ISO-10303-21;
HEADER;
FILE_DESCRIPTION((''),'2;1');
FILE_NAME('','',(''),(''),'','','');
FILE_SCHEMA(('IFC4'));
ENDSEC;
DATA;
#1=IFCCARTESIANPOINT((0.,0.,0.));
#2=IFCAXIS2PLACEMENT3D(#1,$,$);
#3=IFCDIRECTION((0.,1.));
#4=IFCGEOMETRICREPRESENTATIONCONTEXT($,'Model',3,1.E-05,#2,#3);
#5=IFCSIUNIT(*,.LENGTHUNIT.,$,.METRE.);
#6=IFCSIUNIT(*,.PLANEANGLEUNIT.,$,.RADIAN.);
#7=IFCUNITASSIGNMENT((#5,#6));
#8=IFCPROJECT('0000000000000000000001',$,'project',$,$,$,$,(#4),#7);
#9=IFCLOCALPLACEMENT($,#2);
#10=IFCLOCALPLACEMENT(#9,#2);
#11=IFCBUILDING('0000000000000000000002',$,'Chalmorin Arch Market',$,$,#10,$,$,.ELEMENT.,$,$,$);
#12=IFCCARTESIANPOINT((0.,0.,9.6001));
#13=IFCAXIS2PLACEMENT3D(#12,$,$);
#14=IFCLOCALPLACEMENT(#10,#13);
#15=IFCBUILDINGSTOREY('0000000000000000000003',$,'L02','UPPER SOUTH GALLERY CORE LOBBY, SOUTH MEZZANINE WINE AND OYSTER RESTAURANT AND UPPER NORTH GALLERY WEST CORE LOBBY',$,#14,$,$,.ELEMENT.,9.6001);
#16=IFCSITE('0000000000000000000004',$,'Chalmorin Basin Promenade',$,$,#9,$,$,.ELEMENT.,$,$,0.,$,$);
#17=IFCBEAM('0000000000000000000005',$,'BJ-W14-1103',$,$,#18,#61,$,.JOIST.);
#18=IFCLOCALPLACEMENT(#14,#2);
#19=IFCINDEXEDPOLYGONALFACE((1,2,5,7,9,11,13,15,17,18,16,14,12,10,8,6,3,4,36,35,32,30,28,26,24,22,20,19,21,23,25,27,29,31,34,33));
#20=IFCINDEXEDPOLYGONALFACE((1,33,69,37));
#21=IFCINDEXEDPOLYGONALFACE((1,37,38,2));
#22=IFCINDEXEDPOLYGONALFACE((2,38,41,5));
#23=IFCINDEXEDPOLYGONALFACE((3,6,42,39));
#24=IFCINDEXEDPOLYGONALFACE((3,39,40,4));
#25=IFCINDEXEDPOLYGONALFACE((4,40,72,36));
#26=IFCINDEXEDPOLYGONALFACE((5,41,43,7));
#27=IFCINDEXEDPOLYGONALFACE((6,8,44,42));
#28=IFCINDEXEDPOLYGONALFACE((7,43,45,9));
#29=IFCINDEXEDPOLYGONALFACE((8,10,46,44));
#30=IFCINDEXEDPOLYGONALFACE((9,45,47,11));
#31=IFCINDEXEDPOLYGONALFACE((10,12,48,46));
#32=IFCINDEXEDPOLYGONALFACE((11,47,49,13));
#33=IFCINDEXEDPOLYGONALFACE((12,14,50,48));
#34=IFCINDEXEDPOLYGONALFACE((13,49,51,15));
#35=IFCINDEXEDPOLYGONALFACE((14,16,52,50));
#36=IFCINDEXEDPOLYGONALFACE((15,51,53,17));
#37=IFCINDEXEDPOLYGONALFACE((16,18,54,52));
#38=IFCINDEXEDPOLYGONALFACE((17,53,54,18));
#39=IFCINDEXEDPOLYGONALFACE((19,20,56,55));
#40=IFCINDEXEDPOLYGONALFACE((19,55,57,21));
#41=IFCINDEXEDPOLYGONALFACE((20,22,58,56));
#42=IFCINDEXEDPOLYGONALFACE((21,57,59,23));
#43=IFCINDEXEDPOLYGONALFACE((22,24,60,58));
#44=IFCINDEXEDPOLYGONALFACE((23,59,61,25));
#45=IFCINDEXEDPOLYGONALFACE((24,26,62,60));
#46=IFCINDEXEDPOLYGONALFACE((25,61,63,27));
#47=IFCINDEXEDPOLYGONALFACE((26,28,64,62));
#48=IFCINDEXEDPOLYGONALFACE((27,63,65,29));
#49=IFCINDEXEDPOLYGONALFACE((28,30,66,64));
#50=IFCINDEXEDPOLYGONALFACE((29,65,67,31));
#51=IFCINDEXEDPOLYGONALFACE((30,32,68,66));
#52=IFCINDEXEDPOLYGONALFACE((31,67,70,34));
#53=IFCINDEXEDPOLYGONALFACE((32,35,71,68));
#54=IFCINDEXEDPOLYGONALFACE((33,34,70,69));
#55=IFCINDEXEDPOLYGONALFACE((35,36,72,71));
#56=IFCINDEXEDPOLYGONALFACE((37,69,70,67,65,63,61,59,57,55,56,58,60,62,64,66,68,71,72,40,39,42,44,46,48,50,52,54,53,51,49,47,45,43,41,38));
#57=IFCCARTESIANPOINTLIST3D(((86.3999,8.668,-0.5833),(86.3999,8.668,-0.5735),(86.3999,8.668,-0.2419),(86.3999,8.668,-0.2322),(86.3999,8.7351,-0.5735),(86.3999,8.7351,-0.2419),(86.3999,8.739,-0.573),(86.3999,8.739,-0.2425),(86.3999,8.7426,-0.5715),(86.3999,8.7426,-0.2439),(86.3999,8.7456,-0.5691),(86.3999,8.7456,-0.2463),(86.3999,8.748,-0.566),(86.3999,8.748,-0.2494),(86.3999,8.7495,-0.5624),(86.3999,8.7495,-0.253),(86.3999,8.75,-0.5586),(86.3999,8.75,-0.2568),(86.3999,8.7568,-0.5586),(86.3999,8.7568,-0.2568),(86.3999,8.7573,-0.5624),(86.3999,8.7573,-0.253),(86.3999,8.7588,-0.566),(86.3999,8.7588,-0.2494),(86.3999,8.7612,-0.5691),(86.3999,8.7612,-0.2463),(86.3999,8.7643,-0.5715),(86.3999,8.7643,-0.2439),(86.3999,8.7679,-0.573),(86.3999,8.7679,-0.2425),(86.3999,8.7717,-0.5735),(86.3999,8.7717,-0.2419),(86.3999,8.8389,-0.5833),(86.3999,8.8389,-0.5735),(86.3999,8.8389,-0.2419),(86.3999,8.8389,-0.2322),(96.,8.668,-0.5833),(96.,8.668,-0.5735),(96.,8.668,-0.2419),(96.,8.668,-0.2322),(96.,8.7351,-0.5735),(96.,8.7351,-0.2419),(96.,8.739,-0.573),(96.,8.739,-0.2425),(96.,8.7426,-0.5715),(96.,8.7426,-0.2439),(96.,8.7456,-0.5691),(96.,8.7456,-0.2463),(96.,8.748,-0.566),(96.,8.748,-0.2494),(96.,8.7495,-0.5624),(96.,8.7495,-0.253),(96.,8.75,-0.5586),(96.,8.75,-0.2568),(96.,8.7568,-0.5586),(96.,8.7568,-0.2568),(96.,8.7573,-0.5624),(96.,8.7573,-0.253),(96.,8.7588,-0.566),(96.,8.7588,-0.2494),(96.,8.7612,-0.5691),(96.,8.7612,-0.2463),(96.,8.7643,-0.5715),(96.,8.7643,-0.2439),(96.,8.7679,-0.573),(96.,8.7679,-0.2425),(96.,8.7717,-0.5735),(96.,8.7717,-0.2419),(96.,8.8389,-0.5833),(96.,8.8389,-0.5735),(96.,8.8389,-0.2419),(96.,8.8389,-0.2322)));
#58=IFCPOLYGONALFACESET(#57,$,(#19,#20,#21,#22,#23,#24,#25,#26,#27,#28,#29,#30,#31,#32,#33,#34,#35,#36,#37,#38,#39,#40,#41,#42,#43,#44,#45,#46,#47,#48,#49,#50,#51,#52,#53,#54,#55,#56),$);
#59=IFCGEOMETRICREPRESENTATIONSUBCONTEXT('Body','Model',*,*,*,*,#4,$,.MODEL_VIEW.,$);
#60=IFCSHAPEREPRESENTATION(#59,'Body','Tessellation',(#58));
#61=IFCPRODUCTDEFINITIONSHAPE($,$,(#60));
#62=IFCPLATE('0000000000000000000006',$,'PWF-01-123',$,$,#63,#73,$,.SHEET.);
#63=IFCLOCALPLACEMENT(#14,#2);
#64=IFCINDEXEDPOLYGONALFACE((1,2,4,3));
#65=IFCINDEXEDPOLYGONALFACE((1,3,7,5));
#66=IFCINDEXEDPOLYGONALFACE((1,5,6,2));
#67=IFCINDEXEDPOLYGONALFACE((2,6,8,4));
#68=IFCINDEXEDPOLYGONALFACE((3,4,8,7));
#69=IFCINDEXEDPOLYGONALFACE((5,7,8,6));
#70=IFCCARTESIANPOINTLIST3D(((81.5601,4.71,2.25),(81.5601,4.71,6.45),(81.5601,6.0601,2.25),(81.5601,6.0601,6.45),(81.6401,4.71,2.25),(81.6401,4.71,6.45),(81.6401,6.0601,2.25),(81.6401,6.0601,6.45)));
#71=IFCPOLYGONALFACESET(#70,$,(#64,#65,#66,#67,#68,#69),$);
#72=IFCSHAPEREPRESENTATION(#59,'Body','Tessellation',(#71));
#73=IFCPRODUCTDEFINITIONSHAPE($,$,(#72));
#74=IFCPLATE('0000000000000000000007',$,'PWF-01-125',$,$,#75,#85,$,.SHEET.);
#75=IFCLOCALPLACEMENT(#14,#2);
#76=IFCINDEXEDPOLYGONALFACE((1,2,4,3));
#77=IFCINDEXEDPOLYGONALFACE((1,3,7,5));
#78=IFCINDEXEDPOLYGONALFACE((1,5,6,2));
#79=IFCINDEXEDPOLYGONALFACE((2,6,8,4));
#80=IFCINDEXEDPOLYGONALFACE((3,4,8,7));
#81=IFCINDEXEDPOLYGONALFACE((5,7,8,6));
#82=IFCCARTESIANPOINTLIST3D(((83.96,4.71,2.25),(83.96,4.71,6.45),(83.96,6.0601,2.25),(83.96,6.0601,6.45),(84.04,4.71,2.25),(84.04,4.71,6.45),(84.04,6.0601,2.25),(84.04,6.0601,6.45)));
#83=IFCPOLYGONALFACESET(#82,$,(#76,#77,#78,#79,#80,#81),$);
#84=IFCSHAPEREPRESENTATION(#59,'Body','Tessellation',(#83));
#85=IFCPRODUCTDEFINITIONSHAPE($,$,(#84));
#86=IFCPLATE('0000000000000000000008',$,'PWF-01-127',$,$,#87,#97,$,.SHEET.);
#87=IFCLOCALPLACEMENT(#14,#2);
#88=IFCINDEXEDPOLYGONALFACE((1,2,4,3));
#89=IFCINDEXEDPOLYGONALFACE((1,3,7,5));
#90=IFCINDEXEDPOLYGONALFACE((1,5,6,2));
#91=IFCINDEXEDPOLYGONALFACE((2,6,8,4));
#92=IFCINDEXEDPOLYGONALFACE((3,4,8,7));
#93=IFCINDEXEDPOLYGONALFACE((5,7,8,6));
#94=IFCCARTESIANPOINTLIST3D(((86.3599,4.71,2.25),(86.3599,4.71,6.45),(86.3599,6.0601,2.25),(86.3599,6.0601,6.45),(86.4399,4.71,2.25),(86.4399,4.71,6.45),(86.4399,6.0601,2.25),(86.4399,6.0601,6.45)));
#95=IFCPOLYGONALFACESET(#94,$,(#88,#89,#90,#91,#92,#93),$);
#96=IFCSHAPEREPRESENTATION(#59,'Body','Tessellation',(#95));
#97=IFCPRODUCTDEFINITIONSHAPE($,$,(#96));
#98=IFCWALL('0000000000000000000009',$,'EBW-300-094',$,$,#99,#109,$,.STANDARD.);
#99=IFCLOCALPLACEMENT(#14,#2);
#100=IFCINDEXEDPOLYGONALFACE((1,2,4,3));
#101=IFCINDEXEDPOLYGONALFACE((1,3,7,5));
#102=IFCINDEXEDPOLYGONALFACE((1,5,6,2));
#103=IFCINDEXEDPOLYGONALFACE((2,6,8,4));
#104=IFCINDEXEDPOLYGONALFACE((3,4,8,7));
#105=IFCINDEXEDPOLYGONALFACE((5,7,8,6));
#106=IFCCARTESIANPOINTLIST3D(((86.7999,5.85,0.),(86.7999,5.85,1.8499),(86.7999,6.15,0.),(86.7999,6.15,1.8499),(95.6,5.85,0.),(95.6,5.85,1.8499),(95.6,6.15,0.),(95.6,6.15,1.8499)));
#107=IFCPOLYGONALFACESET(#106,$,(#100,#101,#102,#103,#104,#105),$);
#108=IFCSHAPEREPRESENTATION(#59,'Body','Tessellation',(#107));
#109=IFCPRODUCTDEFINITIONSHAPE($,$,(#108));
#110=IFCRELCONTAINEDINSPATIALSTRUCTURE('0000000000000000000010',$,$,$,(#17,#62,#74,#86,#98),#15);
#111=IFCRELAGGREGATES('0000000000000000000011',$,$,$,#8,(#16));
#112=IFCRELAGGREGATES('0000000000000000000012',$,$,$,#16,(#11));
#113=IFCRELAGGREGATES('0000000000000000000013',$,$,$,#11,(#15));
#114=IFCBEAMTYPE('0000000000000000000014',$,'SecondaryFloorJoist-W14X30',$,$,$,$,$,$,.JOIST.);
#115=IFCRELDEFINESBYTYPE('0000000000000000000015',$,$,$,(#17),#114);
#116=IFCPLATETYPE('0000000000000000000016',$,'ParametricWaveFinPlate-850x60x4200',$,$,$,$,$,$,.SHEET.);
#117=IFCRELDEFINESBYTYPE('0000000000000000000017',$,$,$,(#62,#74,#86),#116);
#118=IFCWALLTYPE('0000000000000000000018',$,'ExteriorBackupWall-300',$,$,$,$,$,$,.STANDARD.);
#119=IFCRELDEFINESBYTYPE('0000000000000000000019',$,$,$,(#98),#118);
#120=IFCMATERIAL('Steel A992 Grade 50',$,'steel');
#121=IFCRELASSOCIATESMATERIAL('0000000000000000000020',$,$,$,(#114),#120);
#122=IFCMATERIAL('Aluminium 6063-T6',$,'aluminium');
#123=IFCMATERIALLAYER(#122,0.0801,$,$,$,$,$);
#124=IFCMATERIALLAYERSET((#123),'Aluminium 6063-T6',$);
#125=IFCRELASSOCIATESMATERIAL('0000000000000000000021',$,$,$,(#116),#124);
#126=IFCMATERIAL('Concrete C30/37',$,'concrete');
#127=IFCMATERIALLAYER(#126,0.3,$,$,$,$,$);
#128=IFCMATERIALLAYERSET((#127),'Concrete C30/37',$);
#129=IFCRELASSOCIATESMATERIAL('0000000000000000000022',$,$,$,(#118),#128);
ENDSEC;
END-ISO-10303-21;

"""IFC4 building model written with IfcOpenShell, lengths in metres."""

from ifc_helpers import new_model, si_unit, direction, frame, frame_2d, origin, origin_2d, place, context, subcontext, project, spatial, rectangle, i_section, extrude, material, layer, layer_set, material_profile, profile_set, type_object, element, save


model = new_model("IFC4")

# Units and contexts
model_context = context("Model", 3, precision=1e-05, world=origin(), true_north=direction((0.0, 1.0)))
body_context = subcontext(model_context, "Body", "Model", "MODEL_VIEW")
ifc_project = project(units=[si_unit("LENGTHUNIT", "METRE"), si_unit("PLANEANGLEUNIT", "RADIAN")], contexts=[model_context])

# Site, building, storey
site_placement = place(None, origin())
site = spatial("IfcSite", under=ifc_project, at=site_placement, Name="Chalmorin Basin Promenade", CompositionType="ELEMENT", RefElevation=0.0)
building_placement = place(site_placement, origin())
building = spatial("IfcBuilding", under=site, at=building_placement, Name="Chalmorin Arch Market", CompositionType="ELEMENT")
storey_placement = place(building_placement, frame((0.0, 0.0, 9.6001)))
storey = spatial("IfcBuildingStorey", under=building, at=storey_placement, Name="L02", Description="UPPER SOUTH GALLERY CORE LOBBY, SOUTH MEZZANINE WINE AND OYSTER RESTAURANT AND UPPER NORTH GALLERY WEST CORE LOBBY", CompositionType="ELEMENT", Elevation=9.6001)

# Beam
ifc_material_1 = material(Name="Steel A992 Grade 50", Category="steel")
ifc_material_profile_1 = material_profile(ifc_material_1, i_section(OverallWidth=0.1709, OverallDepth=0.3511, WebThickness=0.0068, FlangeThickness=0.0098, FilletRadius=0.0149, at=origin_2d()), Name="W14X30")
ifc_profile_set_1 = profile_set([ifc_material_profile_1], Name="Steel A992 Grade 50")
beam_type_1 = type_object("IfcBeamType", Name="SecondaryFloorJoist-W14X30", PredefinedType="JOIST", material=ifc_profile_set_1)
beam_1_placement = place(storey_placement, frame((86.3999, 8.7534, -0.4077), z_axis=(1.0, 0.0, 0.0), x_axis=(0.0, 1.0, 0.0)))
element("IfcBeam", 1, at=beam_1_placement, inside=storey, type_object=beam_type_1, Name="BJ-W14-1103", PredefinedType="JOIST", context=body_context, shape_type="SweptSolid", body=[
    extrude(i_section(OverallWidth=0.1709, OverallDepth=0.3511, WebThickness=0.0068, FlangeThickness=0.0098, FilletRadius=0.0149, at=origin_2d()), origin(), (0.0, 0.0, 1.0), 9.6001),
])

# Plates
ifc_material_2 = material(Name="Aluminium 6063-T6", Category="aluminium")
ifc_layer_1 = layer(ifc_material_2, 0.0801)
ifc_layer_set_1 = layer_set([ifc_layer_1], Name="Aluminium 6063-T6")
plate_type = type_object("IfcPlateType", Name="ParametricWaveFinPlate-850x60x4200", PredefinedType="SHEET", material=ifc_layer_set_1)
for number, where, z_axis, x_axis, name in (
    (2, (81.6001, 5.385, 2.25), (0.0, 0.0, 1.0), (0.0, 1.0, 0.0), "PWF-01-123"),
    (3, (84.0, 5.385, 2.25), (0.0, 0.0, 1.0), (0.0, 1.0, 0.0), "PWF-01-125"),
    (4, (86.3999, 5.385, 2.25), (0.0, 0.0, 1.0), (0.0, 1.0, 0.0), "PWF-01-127"),
):
    element("IfcPlate", number, at=place(storey_placement, frame(where, z_axis=z_axis, x_axis=x_axis)), inside=storey, type_object=plate_type, Name=name, PredefinedType="SHEET", context=body_context, shape_type="SweptSolid", body=[
        extrude(rectangle(XDim=1.3501, YDim=0.0801, at=origin_2d()), origin(), (0.0, 0.0, 1.0), 4.2),
    ])

# Wall
ifc_material_3 = material(Name="Concrete C30/37", Category="concrete")
ifc_layer_2 = layer(ifc_material_3, 0.3)
ifc_layer_set_2 = layer_set([ifc_layer_2], Name="Concrete C30/37")
wall_type = type_object("IfcWallType", Name="ExteriorBackupWall-300", PredefinedType="STANDARD", material=ifc_layer_set_2)
wall_1_placement = place(storey_placement, frame((86.8, 6.0, 0.0), z_axis=(0.0, 0.0, 1.0), x_axis=(1.0, 0.0, 0.0)))
element("IfcWall", 5, at=wall_1_placement, inside=storey, type_object=wall_type, Name="EBW-300-094", PredefinedType="STANDARD", context=body_context, shape_type="SweptSolid", body=[
    extrude(rectangle(XDim=8.8, YDim=0.3, at=frame_2d((4.3999, 0.0))), origin(), (0.0, 0.0, 1.0), 1.8499),
])

save(model, "model.ifc")
